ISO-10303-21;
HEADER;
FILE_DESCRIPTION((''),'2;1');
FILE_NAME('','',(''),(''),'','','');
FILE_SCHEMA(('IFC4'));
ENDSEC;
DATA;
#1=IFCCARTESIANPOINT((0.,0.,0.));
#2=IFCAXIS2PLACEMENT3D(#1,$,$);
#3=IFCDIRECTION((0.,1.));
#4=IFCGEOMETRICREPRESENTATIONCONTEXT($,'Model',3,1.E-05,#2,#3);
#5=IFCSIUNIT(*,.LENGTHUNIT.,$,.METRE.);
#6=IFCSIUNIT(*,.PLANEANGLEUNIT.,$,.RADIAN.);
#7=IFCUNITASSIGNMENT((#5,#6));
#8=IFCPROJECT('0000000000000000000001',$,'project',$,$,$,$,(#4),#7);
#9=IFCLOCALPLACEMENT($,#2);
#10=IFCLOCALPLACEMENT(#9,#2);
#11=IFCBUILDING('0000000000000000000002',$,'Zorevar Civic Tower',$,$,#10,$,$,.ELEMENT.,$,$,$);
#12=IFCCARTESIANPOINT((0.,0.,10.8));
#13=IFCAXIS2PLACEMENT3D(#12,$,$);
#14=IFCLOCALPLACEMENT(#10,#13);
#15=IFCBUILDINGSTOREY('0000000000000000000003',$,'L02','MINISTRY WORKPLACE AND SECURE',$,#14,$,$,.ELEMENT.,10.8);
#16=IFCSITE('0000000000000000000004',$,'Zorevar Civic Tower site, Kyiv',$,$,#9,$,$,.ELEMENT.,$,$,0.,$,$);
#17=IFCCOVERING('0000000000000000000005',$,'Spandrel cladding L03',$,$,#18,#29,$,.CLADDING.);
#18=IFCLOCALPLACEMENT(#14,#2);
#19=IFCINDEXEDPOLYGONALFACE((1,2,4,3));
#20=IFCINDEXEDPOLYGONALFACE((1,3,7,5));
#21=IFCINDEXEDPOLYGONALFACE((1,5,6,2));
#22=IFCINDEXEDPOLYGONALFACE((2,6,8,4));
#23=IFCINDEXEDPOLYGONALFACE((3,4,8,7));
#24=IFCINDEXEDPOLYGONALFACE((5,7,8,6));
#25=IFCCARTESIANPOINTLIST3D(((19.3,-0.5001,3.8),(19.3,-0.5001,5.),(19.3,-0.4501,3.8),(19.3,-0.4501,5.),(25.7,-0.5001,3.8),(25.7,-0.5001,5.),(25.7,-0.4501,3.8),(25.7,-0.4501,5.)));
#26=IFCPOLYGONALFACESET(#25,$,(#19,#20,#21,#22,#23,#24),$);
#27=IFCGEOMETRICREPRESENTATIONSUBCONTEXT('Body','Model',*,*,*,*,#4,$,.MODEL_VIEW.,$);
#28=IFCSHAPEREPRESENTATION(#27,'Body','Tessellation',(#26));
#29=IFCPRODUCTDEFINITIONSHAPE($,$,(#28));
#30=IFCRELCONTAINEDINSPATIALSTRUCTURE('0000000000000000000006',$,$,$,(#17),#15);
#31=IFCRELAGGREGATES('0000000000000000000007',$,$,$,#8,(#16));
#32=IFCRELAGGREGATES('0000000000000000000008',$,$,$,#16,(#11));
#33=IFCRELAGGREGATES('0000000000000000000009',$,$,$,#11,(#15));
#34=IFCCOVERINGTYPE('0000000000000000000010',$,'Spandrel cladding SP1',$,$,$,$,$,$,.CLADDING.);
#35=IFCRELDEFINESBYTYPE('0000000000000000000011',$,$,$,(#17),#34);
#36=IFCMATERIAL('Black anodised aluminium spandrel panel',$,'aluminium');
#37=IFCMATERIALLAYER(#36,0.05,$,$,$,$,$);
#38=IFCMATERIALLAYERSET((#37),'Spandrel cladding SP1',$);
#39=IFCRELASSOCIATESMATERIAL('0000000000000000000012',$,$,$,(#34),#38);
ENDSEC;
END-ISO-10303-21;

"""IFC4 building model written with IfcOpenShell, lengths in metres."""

from ifc_helpers import new_model, si_unit, direction, frame, frame_2d, origin, place, context, subcontext, project, spatial, rectangle, extrude, material, layer, layer_set, type_object, element, save


model = new_model("IFC4")

# Units and contexts
model_context = context("Model", 3, precision=1e-05, world=origin(), true_north=direction((0.0, 1.0)))
body_context = subcontext(model_context, "Body", "Model", "MODEL_VIEW")
ifc_project = project(units=[si_unit("LENGTHUNIT", "METRE"), si_unit("PLANEANGLEUNIT", "RADIAN")], contexts=[model_context])

# Site, building, storey
site_placement = place(None, origin())
site = spatial("IfcSite", under=ifc_project, at=site_placement, Name="Zorevar Civic Tower site, Kyiv", CompositionType="ELEMENT", RefElevation=0.0)
building_placement = place(site_placement, origin())
building = spatial("IfcBuilding", under=site, at=building_placement, Name="Zorevar Civic Tower", CompositionType="ELEMENT")
storey_placement = place(building_placement, frame((0.0, 0.0, 10.8)))
storey = spatial("IfcBuildingStorey", under=building, at=storey_placement, Name="L02", Description="MINISTRY WORKPLACE AND SECURE", CompositionType="ELEMENT", Elevation=10.8)

# Covering
ifc_material_1 = material(Name="Black anodised aluminium spandrel panel", Category="aluminium")
ifc_layer_1 = layer(ifc_material_1, 0.05)
ifc_layer_set_1 = layer_set([ifc_layer_1], Name="Spandrel cladding SP1")
covering_type = type_object("IfcCoveringType", Name="Spandrel cladding SP1", PredefinedType="CLADDING", material=ifc_layer_set_1)
for number, where, z_axis, x_axis, name in (
    (1, (19.3, -0.4751, 3.8), (0.0, 0.0, 1.0), (1.0, 0.0, 0.0), "Spandrel cladding L03"),
):
    element("IfcCovering", number, at=place(storey_placement, frame(where, z_axis=z_axis, x_axis=x_axis)), inside=storey, type_object=covering_type, Name=name, PredefinedType="CLADDING", context=body_context, shape_type="SweptSolid", body=[
        extrude(rectangle(XDim=6.3999, YDim=0.05, at=frame_2d((3.2, 0.0))), origin(), (0.0, 0.0, 1.0), 1.2),
    ])

save(model, "model.ifc")
